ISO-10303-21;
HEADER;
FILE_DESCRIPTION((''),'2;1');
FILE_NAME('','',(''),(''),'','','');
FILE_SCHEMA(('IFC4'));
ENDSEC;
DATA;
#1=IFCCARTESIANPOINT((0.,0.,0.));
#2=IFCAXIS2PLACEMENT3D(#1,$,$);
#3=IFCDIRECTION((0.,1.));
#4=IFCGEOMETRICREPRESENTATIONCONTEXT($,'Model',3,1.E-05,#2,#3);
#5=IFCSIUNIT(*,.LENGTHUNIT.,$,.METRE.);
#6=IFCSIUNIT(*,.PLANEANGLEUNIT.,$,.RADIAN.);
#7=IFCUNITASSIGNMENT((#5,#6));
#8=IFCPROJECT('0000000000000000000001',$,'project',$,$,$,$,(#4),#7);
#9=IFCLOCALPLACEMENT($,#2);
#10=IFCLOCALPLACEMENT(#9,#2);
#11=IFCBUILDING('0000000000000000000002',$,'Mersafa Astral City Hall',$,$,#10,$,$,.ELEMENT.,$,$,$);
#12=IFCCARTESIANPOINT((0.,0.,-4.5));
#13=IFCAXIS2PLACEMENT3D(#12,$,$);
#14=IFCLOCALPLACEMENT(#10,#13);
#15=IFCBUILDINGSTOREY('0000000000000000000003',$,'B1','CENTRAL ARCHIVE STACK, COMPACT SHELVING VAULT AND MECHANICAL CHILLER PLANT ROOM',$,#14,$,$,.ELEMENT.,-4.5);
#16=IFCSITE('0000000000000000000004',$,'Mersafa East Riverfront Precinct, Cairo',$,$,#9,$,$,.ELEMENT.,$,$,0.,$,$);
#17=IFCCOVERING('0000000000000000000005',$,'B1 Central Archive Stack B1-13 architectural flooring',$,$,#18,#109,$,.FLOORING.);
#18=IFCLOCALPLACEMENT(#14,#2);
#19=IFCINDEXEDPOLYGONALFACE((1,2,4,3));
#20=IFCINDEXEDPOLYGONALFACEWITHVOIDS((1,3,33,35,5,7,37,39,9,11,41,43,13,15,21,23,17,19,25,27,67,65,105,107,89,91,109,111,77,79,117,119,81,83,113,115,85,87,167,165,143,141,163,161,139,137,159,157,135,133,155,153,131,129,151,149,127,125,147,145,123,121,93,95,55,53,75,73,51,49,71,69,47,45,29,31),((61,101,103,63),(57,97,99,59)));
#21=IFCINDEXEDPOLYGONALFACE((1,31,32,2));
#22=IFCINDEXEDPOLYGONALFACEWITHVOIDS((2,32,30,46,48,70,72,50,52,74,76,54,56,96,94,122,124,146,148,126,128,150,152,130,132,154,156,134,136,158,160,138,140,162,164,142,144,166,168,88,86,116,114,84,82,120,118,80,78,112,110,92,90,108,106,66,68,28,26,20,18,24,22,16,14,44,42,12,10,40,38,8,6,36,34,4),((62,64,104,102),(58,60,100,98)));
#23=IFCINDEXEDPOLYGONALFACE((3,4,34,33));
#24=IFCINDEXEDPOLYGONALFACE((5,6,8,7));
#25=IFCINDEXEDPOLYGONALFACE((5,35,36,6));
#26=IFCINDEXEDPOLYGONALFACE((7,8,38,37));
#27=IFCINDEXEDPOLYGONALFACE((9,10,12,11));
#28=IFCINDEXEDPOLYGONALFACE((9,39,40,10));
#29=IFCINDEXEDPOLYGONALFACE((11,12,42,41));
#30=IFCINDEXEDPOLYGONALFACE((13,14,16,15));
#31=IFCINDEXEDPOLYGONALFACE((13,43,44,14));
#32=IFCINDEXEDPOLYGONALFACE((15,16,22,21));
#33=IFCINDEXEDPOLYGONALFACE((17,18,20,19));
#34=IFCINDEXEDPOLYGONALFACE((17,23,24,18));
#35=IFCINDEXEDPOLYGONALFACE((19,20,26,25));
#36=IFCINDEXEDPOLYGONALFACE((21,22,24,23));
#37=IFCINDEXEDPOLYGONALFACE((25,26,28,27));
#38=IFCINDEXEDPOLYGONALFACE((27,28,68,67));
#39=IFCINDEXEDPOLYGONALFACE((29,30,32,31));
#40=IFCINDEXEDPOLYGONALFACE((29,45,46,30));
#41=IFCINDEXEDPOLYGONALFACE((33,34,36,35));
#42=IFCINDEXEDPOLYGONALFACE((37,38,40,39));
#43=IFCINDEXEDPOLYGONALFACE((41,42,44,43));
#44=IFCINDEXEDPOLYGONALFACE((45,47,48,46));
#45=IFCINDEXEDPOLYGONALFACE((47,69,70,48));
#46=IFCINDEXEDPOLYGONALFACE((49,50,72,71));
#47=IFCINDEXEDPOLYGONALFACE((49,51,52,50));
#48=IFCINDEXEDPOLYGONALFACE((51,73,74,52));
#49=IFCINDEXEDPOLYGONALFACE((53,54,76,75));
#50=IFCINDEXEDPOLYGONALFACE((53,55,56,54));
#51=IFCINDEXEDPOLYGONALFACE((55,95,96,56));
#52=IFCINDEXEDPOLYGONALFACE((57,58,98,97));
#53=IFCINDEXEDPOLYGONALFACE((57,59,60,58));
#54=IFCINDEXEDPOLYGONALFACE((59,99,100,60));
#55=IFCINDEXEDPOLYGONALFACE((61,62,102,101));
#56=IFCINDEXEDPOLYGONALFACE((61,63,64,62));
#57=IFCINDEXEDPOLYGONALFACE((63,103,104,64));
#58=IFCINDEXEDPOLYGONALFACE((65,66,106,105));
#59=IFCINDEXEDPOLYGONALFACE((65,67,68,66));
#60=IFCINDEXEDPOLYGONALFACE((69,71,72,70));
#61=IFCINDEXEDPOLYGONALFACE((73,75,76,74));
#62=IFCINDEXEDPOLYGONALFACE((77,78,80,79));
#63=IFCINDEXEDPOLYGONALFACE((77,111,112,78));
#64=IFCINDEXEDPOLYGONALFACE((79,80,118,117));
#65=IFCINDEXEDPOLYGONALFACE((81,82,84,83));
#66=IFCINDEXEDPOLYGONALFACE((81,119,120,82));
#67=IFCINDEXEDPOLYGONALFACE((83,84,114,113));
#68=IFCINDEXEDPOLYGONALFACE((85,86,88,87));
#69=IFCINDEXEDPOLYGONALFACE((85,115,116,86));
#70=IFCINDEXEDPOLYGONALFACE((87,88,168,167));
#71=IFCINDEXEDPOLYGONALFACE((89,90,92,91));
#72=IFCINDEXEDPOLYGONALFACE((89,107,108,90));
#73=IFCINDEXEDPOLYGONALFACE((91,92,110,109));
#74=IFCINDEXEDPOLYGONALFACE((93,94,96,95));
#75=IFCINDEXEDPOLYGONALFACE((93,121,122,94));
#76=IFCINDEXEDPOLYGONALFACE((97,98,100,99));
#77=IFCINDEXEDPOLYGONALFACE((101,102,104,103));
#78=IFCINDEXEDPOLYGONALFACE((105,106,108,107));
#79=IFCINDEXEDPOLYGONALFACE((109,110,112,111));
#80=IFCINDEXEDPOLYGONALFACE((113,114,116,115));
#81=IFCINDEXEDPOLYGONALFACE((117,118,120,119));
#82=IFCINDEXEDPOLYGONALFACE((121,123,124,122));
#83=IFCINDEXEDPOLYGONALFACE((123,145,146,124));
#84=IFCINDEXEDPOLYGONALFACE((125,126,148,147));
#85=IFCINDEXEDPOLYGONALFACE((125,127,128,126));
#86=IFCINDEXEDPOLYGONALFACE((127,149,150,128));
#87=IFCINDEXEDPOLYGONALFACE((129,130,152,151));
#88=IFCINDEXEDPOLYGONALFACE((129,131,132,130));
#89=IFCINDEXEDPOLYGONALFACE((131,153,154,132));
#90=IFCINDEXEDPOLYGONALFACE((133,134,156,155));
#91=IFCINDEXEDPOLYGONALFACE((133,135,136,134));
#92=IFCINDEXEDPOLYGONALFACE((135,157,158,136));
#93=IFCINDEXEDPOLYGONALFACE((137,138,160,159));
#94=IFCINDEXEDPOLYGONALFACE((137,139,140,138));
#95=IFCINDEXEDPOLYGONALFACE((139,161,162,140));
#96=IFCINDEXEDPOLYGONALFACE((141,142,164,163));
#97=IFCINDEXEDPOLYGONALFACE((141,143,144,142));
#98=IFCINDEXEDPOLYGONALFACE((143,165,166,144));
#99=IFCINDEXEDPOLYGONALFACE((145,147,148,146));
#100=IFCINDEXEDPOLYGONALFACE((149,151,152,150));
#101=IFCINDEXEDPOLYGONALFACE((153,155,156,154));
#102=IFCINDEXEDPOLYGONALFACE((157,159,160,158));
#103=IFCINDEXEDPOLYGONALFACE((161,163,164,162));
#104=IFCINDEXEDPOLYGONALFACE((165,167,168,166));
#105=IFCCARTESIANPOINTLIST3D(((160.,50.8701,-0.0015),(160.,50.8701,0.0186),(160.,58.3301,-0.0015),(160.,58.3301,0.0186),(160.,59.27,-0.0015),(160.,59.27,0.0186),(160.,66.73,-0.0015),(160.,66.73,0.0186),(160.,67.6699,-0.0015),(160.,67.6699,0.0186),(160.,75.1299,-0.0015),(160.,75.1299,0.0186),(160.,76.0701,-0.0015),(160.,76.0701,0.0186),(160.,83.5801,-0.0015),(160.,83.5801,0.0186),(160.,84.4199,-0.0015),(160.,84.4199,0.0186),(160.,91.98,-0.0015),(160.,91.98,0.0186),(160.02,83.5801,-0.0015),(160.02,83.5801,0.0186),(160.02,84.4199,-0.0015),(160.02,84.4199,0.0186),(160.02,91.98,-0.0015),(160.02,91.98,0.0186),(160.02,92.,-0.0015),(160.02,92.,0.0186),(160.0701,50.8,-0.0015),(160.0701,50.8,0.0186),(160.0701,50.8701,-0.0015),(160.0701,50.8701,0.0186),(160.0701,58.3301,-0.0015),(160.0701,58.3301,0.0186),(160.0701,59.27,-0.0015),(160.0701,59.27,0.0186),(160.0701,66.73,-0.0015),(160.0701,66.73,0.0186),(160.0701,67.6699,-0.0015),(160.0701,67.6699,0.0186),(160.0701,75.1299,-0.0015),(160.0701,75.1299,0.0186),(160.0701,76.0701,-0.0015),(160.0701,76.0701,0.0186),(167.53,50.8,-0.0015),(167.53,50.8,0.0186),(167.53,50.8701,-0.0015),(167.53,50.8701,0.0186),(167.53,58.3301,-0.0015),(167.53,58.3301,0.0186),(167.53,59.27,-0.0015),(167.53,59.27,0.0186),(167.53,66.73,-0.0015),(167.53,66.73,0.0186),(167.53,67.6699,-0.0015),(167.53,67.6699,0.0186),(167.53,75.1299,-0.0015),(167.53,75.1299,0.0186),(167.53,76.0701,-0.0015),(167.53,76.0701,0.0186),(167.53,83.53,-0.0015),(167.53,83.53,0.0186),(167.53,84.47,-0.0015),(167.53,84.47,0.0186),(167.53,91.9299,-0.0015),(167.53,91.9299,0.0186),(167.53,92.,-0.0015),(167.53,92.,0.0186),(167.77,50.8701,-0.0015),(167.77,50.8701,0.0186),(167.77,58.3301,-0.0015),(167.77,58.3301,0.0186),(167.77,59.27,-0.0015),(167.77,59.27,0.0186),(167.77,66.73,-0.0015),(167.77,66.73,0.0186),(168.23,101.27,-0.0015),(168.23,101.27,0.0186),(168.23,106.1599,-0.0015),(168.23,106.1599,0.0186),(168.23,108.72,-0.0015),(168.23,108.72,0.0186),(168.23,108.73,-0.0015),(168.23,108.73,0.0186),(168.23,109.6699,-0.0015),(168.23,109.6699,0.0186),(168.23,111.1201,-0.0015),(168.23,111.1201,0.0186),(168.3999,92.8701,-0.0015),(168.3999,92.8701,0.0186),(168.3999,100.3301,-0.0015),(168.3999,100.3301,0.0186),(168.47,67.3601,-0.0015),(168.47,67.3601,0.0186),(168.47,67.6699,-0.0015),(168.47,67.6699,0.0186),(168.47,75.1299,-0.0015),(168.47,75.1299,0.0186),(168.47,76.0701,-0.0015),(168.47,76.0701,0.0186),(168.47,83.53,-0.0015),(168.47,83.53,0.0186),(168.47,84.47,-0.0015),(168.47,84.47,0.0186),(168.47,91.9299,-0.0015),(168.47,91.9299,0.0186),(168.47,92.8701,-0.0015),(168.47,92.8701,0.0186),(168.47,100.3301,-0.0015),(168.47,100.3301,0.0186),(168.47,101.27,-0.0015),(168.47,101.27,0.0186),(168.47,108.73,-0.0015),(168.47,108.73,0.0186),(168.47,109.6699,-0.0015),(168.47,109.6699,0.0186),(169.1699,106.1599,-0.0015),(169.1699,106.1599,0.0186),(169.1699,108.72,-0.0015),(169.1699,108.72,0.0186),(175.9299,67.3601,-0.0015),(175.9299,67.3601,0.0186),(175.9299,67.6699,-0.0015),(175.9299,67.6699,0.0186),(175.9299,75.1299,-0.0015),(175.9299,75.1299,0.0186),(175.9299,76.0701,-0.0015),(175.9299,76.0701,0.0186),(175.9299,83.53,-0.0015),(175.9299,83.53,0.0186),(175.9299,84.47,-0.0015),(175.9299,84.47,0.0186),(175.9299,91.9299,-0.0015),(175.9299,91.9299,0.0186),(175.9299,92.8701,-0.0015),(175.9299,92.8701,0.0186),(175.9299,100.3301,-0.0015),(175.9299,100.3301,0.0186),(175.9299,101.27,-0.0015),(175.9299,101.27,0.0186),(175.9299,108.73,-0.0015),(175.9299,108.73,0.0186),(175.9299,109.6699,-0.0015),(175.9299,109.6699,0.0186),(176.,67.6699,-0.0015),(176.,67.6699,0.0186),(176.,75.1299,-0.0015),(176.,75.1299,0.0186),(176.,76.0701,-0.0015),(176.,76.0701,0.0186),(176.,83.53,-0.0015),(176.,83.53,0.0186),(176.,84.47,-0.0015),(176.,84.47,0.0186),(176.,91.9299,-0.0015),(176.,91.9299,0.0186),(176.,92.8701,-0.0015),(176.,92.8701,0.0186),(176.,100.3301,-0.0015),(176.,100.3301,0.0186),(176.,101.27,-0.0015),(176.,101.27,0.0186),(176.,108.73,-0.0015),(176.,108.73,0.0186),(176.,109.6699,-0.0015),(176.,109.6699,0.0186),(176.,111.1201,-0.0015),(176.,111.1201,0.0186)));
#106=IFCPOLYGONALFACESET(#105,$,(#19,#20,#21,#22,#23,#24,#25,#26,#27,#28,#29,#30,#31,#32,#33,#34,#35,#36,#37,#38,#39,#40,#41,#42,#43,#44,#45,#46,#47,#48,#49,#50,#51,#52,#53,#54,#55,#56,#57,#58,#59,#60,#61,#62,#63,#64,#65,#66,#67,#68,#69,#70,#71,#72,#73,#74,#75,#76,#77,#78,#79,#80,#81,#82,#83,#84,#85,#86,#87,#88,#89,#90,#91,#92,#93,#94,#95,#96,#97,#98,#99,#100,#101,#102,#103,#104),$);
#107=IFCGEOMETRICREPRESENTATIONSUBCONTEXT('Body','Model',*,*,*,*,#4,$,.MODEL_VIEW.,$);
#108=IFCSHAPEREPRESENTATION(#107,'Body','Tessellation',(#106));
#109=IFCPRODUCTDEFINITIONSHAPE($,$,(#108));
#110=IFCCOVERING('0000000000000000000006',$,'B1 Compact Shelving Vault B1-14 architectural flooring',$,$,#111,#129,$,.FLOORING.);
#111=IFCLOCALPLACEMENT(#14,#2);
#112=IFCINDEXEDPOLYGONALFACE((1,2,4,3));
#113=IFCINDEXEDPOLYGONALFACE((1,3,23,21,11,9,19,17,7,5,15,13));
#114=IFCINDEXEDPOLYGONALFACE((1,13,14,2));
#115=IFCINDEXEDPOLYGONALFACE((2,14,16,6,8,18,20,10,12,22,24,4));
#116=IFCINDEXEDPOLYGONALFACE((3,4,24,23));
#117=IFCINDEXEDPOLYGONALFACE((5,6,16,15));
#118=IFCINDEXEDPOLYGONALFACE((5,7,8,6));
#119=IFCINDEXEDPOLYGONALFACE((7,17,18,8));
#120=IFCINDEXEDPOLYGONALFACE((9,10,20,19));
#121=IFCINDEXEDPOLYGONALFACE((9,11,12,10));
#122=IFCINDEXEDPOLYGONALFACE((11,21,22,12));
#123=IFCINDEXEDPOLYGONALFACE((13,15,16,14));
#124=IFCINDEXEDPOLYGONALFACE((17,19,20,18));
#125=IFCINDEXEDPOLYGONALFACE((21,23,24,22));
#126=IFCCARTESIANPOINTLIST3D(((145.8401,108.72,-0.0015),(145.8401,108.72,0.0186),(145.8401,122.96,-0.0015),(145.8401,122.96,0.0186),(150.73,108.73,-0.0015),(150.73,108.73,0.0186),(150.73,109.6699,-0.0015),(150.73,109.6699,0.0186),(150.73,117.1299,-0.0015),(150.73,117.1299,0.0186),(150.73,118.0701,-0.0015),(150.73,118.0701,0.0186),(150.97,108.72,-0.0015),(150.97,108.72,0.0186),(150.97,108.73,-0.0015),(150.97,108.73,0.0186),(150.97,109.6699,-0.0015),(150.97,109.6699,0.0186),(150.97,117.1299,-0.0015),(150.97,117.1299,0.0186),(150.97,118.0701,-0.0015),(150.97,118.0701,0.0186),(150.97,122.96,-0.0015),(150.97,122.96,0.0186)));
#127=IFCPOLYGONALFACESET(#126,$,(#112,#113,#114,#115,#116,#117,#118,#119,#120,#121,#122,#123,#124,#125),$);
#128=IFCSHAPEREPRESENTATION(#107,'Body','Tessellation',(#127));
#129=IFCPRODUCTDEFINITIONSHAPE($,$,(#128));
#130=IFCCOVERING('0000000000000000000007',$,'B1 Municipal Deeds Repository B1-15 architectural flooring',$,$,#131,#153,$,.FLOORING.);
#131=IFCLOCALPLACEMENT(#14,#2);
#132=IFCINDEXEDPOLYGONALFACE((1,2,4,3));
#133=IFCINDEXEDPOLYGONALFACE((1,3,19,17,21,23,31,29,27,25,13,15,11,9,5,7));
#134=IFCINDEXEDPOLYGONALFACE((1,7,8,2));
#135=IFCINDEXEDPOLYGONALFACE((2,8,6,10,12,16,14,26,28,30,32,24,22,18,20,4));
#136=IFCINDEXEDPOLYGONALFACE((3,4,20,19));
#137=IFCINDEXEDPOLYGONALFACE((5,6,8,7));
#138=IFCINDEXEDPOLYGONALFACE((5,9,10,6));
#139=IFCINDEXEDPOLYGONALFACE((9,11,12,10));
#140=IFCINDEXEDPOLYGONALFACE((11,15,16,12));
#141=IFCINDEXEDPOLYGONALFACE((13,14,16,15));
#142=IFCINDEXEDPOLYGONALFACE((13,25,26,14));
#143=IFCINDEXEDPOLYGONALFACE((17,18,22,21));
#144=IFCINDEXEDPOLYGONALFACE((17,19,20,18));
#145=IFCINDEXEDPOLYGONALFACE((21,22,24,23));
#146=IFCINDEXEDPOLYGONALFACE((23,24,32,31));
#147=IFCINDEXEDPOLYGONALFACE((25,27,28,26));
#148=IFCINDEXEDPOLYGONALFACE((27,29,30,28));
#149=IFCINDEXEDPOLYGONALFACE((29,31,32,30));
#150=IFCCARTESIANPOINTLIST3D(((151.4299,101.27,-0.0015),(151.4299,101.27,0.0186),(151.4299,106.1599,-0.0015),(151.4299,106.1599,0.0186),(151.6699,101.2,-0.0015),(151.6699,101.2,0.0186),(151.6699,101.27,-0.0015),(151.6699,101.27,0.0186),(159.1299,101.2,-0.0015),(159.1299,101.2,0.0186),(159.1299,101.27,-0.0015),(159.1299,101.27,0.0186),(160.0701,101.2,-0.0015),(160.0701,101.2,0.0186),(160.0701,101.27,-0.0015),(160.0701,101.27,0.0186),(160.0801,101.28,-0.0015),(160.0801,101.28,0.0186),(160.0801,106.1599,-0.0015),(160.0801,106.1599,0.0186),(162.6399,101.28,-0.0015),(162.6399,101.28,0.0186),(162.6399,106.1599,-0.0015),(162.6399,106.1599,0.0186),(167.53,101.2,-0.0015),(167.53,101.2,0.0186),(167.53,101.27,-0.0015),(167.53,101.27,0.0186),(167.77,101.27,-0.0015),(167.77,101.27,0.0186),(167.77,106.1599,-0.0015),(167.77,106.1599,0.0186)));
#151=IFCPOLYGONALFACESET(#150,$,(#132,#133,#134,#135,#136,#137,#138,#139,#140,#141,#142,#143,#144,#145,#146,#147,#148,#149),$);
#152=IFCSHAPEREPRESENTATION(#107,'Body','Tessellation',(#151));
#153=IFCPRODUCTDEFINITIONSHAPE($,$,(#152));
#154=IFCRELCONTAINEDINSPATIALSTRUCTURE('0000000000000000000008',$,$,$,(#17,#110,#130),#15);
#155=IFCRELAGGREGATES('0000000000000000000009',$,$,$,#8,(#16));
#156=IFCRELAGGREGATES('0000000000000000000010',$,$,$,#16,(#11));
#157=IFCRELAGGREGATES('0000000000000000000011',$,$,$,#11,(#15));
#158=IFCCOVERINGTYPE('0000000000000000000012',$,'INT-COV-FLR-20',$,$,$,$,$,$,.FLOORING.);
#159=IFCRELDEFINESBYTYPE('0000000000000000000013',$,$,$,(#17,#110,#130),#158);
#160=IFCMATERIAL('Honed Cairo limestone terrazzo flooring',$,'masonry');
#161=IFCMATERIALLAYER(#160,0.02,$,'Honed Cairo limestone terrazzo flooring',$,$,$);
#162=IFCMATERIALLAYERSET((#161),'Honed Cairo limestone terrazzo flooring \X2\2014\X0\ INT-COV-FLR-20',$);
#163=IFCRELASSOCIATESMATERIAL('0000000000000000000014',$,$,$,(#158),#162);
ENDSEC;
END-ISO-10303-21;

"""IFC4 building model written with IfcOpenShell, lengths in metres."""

from ifc_helpers import new_model, si_unit, direction, frame, origin, place, context, subcontext, project, spatial, polyline, outline, extrude, material, layer, layer_set, type_object, element, save


model = new_model("IFC4")

# Units and contexts
model_context = context("Model", 3, precision=1e-05, world=origin(), true_north=direction((0.0, 1.0)))
body_context = subcontext(model_context, "Body", "Model", "MODEL_VIEW")
ifc_project = project(units=[si_unit("LENGTHUNIT", "METRE"), si_unit("PLANEANGLEUNIT", "RADIAN")], contexts=[model_context])

# Site, building, storey
site_placement = place(None, origin())
site = spatial("IfcSite", under=ifc_project, at=site_placement, Name="Mersafa East Riverfront Precinct, Cairo", CompositionType="ELEMENT", RefElevation=0.0)
building_placement = place(site_placement, origin())
building = spatial("IfcBuilding", under=site, at=building_placement, Name="Mersafa Astral City Hall", CompositionType="ELEMENT")
storey_placement = place(building_placement, frame((0.0, 0.0, -4.5)))
storey = spatial("IfcBuildingStorey", under=building, at=storey_placement, Name="B1", Description="CENTRAL ARCHIVE STACK, COMPACT SHELVING VAULT AND MECHANICAL CHILLER PLANT ROOM", CompositionType="ELEMENT", Elevation=-4.5)

# Coverings
ifc_material_1 = material(Name="Honed Cairo limestone terrazzo flooring", Category="masonry")
ifc_layer_1 = layer(ifc_material_1, 0.02, Name="Honed Cairo limestone terrazzo flooring")
ifc_layer_set_1 = layer_set([ifc_layer_1], Name="Honed Cairo limestone terrazzo flooring — INT-COV-FLR-20")
covering_type = type_object("IfcCoveringType", Name="INT-COV-FLR-20", PredefinedType="FLOORING", material=ifc_layer_set_1)
covering_1_placement = place(storey_placement, frame((0.0, 0.0, -0.0015)))
element("IfcCovering", 1, at=covering_1_placement, inside=storey, type_object=covering_type, Name="B1 Central Archive Stack B1-13 architectural flooring", PredefinedType="FLOORING", context=body_context, shape_type="SweptSolid", body=[
    extrude(outline(polyline([(160.0701, 50.8701), (160.0, 50.8701), (160.0, 58.3301), (160.0701, 58.3301), (160.0701, 59.27), (160.0, 59.27), (160.0, 66.73), (160.0701, 66.73), (160.0701, 67.6699), (160.0, 67.6699), (160.0, 75.1299), (160.0701, 75.1299), (160.0701, 76.0701), (160.0, 76.0701), (160.0, 83.5801), (160.02, 83.5801), (160.02, 84.4199), (160.0, 84.4199), (160.0, 91.98), (160.02, 91.98), (160.02, 92.0), (167.53, 92.0), (167.53, 91.9299), (168.47, 91.9299), (168.47, 92.8701), (168.3999, 92.8701), (168.3999, 100.3301), (168.47, 100.3301), (168.47, 101.27), (168.23, 101.27), (168.23, 106.1599), (169.1699, 106.1599), (169.1699, 108.72), (168.23, 108.72), (168.23, 108.73), (168.47, 108.73), (168.47, 109.6699), (168.23, 109.6699), (168.23, 111.1201), (176.0, 111.1201), (176.0, 109.6699), (175.9299, 109.6699), (175.9299, 108.73), (176.0, 108.73), (176.0, 101.27), (175.9299, 101.27), (175.9299, 100.3301), (176.0, 100.3301), (176.0, 92.8701), (175.9299, 92.8701), (175.9299, 91.9299), (176.0, 91.9299), (176.0, 84.47), (175.9299, 84.47), (175.9299, 83.53), (176.0, 83.53), (176.0, 76.0701), (175.9299, 76.0701), (175.9299, 75.1299), (176.0, 75.1299), (176.0, 67.6699), (175.9299, 67.6699), (175.9299, 67.3601), (168.47, 67.3601), (168.47, 67.6699), (167.53, 67.6699), (167.53, 66.73), (167.77, 66.73), (167.77, 59.27), (167.53, 59.27), (167.53, 58.3301), (167.77, 58.3301), (167.77, 50.8701), (167.53, 50.8701), (167.53, 50.8), (160.0701, 50.8), (160.0701, 50.8701)]), holes=[polyline([(167.53, 75.1299), (168.47, 75.1299), (168.47, 76.0701), (167.53, 76.0701), (167.53, 75.1299)]), polyline([(167.53, 83.53), (168.47, 83.53), (168.47, 84.47), (167.53, 84.47), (167.53, 83.53)])]), origin(), (0.0, 0.0, 1.0), 0.02),
])
covering_2_placement = place(storey_placement, frame((0.0, 0.0, -0.0015)))
element("IfcCovering", 2, at=covering_2_placement, inside=storey, type_object=covering_type, Name="B1 Compact Shelving Vault B1-14 architectural flooring", PredefinedType="FLOORING", context=body_context, shape_type="SweptSolid", body=[
    extrude(outline(polyline([(150.97, 122.96), (150.97, 118.0701), (150.73, 118.0701), (150.73, 117.1299), (150.97, 117.1299), (150.97, 109.6699), (150.73, 109.6699), (150.73, 108.73), (150.97, 108.73), (150.97, 108.72), (145.8401, 108.72), (145.8401, 122.96), (150.97, 122.96)])), origin(), (0.0, 0.0, 1.0), 0.02),
])
covering_3_placement = place(storey_placement, frame((0.0, 0.0, -0.0015)))
element("IfcCovering", 3, at=covering_3_placement, inside=storey, type_object=covering_type, Name="B1 Municipal Deeds Repository B1-15 architectural flooring", PredefinedType="FLOORING", context=body_context, shape_type="SweptSolid", body=[
    extrude(outline(polyline([(160.0801, 106.1599), (160.0801, 101.28), (162.6399, 101.28), (162.6399, 106.1599), (167.77, 106.1599), (167.77, 101.27), (167.53, 101.27), (167.53, 101.2), (160.0701, 101.2), (160.0701, 101.27), (159.1299, 101.27), (159.1299, 101.2), (151.6699, 101.2), (151.6699, 101.27), (151.4299, 101.27), (151.4299, 106.1599), (160.0801, 106.1599)])), origin(), (0.0, 0.0, 1.0), 0.02),
])

save(model, "model.ifc")
